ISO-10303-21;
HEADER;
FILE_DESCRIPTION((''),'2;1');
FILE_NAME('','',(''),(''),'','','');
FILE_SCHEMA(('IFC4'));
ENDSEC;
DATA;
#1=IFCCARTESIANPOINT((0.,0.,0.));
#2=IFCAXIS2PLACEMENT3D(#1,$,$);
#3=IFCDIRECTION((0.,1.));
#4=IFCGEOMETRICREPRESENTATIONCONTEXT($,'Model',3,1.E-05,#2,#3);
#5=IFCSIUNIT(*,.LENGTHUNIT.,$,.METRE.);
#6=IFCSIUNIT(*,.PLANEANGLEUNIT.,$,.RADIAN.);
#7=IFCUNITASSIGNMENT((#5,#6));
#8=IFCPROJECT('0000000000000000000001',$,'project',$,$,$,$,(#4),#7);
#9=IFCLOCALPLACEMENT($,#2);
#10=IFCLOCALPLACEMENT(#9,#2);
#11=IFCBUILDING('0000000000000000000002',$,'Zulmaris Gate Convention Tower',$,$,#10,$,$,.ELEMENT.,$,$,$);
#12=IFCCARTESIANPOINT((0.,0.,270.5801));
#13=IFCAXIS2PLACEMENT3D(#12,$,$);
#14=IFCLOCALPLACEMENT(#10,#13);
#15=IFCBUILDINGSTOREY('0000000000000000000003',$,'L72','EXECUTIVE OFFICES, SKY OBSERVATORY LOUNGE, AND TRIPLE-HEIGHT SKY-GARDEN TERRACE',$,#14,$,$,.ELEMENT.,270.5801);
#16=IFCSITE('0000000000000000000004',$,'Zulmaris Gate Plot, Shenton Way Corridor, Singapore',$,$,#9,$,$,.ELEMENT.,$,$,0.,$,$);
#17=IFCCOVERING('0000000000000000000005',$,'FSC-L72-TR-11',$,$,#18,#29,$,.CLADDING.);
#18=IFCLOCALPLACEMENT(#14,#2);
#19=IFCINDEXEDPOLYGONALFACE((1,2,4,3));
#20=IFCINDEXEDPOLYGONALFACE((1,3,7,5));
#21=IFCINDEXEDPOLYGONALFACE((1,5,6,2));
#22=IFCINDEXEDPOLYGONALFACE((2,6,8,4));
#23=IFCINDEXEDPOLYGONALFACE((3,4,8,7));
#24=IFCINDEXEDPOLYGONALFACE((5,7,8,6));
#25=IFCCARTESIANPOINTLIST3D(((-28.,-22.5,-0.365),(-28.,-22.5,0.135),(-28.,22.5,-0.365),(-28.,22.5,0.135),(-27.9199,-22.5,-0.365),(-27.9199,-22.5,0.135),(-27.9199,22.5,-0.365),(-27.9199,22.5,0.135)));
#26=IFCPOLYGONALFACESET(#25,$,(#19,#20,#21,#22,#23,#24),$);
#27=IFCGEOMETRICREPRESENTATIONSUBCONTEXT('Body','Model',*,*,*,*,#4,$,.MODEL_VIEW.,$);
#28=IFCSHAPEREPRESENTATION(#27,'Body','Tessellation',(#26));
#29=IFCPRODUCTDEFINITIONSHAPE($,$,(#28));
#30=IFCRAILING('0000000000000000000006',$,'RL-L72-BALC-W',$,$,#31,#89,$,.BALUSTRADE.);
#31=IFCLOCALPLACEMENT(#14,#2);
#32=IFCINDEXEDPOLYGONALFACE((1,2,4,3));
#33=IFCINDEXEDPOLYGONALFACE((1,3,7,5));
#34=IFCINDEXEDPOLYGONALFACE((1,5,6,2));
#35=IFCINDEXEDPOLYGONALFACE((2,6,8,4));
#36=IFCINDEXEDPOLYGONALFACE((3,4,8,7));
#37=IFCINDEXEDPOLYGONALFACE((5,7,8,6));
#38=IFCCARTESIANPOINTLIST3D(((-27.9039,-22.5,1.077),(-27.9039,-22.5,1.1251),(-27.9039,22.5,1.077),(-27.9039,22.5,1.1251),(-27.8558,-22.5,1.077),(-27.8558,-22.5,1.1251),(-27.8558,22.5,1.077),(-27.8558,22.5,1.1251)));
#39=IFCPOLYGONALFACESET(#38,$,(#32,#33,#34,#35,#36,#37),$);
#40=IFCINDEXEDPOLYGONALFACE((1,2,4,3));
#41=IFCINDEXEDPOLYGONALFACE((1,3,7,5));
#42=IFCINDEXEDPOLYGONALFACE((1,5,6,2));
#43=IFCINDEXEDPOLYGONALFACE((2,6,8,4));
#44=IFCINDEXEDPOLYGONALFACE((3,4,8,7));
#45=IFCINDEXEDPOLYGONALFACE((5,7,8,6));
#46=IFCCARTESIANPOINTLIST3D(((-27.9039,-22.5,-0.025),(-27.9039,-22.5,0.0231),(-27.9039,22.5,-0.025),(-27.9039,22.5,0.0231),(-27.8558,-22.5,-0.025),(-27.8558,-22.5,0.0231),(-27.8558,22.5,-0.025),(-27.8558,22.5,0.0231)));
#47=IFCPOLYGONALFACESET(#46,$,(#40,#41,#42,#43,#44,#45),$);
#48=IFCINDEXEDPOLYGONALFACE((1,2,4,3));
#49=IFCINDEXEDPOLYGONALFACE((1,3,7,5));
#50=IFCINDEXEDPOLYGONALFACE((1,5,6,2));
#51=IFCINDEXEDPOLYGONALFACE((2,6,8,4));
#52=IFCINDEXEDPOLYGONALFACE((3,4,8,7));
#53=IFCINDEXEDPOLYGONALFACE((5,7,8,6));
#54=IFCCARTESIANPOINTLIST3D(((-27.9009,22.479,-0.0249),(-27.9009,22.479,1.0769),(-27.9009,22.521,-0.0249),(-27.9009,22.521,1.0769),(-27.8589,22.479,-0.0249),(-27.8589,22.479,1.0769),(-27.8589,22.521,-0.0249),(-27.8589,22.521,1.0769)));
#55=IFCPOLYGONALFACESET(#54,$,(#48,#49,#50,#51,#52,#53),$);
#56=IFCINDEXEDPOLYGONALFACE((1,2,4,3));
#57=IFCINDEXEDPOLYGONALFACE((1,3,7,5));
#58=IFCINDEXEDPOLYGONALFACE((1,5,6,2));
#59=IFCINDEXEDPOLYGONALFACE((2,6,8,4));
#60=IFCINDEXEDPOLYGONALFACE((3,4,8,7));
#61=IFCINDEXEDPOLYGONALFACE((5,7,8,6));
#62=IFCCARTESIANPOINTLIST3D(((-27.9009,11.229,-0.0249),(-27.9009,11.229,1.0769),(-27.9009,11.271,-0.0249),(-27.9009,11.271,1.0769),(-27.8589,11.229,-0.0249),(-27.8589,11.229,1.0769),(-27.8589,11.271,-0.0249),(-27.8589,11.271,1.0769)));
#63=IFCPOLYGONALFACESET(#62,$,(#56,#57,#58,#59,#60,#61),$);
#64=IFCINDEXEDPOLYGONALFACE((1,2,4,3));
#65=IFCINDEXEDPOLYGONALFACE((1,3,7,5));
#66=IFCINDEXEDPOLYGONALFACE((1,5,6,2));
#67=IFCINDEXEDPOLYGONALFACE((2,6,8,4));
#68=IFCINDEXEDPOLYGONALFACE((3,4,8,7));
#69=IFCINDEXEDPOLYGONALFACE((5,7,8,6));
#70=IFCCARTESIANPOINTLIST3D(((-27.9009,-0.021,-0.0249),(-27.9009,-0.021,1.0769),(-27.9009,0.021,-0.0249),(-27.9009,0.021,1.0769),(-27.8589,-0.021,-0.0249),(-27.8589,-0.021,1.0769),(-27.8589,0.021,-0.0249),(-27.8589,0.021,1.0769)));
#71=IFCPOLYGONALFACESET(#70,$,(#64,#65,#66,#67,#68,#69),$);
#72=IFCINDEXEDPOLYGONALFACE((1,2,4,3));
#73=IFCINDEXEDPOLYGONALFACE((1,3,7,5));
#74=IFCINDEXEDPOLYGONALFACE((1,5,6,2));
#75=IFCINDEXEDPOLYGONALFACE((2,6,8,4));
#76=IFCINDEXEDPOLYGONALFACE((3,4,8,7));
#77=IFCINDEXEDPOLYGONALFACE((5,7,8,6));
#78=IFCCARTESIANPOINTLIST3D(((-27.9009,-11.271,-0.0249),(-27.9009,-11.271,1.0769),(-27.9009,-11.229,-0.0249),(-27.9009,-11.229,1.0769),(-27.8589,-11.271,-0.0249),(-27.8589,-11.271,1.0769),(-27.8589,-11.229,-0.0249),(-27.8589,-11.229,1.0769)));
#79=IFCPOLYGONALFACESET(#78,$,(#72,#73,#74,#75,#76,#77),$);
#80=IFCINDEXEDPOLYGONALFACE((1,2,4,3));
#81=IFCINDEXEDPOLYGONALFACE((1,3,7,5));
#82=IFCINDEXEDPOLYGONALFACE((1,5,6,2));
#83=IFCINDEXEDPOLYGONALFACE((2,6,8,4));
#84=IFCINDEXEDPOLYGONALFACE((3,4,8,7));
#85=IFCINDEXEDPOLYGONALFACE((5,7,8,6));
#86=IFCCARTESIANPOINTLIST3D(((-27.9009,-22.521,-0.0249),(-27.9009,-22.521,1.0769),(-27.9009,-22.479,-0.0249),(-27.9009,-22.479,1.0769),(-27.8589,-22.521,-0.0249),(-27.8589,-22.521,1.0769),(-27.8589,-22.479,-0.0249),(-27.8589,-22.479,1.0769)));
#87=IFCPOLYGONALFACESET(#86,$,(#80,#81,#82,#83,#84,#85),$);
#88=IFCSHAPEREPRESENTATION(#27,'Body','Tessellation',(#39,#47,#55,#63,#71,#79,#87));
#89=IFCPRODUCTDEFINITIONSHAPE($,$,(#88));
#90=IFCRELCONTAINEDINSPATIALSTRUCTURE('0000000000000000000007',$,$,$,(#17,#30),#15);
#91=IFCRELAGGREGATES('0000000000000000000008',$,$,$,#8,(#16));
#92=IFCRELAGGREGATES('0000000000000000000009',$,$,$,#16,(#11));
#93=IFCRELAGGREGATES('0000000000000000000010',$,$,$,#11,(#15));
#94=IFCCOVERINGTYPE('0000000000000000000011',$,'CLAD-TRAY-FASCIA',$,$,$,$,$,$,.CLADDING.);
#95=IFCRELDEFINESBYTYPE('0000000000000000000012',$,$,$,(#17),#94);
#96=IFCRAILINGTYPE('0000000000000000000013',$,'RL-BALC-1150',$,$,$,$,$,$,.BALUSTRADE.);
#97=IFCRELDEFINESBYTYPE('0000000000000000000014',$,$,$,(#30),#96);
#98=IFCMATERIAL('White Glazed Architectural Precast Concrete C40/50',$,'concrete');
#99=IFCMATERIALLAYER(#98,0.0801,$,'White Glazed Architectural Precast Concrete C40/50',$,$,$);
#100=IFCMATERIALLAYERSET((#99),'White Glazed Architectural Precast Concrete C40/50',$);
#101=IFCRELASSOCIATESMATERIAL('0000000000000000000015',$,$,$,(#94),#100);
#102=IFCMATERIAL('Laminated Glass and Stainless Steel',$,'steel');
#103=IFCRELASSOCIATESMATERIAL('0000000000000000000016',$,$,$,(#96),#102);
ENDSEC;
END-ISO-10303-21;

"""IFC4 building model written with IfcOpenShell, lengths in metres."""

from ifc_helpers import new_model, si_unit, direction, frame, frame_2d, origin, origin_2d, place, context, subcontext, project, spatial, rectangle, extrude, material, layer, layer_set, type_object, element, save


model = new_model("IFC4")

# Units and contexts
model_context = context("Model", 3, precision=1e-05, world=origin(), true_north=direction((0.0, 1.0)))
body_context = subcontext(model_context, "Body", "Model", "MODEL_VIEW")
ifc_project = project(units=[si_unit("LENGTHUNIT", "METRE"), si_unit("PLANEANGLEUNIT", "RADIAN")], contexts=[model_context])

# Site, building, storey
site_placement = place(None, origin())
site = spatial("IfcSite", under=ifc_project, at=site_placement, Name="Zulmaris Gate Plot, Shenton Way Corridor, Singapore", CompositionType="ELEMENT", RefElevation=0.0)
building_placement = place(site_placement, origin())
building = spatial("IfcBuilding", under=site, at=building_placement, Name="Zulmaris Gate Convention Tower", CompositionType="ELEMENT")
storey_placement = place(building_placement, frame((0.0, 0.0, 270.5801)))
storey = spatial("IfcBuildingStorey", under=building, at=storey_placement, Name="L72", Description="EXECUTIVE OFFICES, SKY OBSERVATORY LOUNGE, AND TRIPLE-HEIGHT SKY-GARDEN TERRACE", CompositionType="ELEMENT", Elevation=270.5801)

# Covering
ifc_material_1 = material(Name="White Glazed Architectural Precast Concrete C40/50", Category="concrete")
ifc_layer_1 = layer(ifc_material_1, 0.0801, Name="White Glazed Architectural Precast Concrete C40/50")
ifc_layer_set_1 = layer_set([ifc_layer_1], Name="White Glazed Architectural Precast Concrete C40/50")
covering_type = type_object("IfcCoveringType", Name="CLAD-TRAY-FASCIA", PredefinedType="CLADDING", material=ifc_layer_set_1)
covering_1_placement = place(storey_placement, frame((-27.96, 22.5, -0.365), z_axis=(0.0, 0.0, 1.0), x_axis=(0.0, -1.0, 0.0)))
element("IfcCovering", 1, at=covering_1_placement, inside=storey, type_object=covering_type, Name="FSC-L72-TR-11", PredefinedType="CLADDING", context=body_context, shape_type="SweptSolid", body=[
    extrude(rectangle(XDim=45.0, YDim=0.0801, at=frame_2d((22.5, 0.0))), origin(), (0.0, 0.0, 1.0), 0.5),
])

# Railing
ifc_material_2 = material(Name="Laminated Glass and Stainless Steel", Category="steel")
railing_type = type_object("IfcRailingType", Name="RL-BALC-1150", PredefinedType="BALUSTRADE", material=ifc_material_2)
railing_placement = place(storey_placement, frame((-27.8799, 22.5, -0.0249)))
element("IfcRailing", 2, at=railing_placement, inside=storey, type_object=railing_type, Name="RL-L72-BALC-W", PredefinedType="BALUSTRADE", context=body_context, shape_type="SweptSolid", body=[
    extrude(rectangle(XDim=0.0481, YDim=0.0481, at=origin_2d()), frame((0.0, 0.0, 1.126), z_axis=(0.0, -1.0, 0.0), x_axis=(1.0, 0.0, 0.0)), (0.0, 0.0, 1.0), 45.0),
    extrude(rectangle(XDim=0.0481, YDim=0.0481, at=origin_2d()), frame((0.0, 0.0, 0.0239), z_axis=(0.0, -1.0, 0.0), x_axis=(1.0, 0.0, 0.0)), (0.0, 0.0, 1.0), 45.0),
    extrude(rectangle(XDim=0.042, YDim=0.042, at=origin_2d()), origin(), (0.0, 0.0, 1.0), 1.1018),
    extrude(rectangle(XDim=0.042, YDim=0.042, at=origin_2d()), frame((0.0, -11.25, 0.0)), (0.0, 0.0, 1.0), 1.1018),
    extrude(rectangle(XDim=0.042, YDim=0.042, at=origin_2d()), frame((0.0, -22.5, 0.0)), (0.0, 0.0, 1.0), 1.1018),
    extrude(rectangle(XDim=0.042, YDim=0.042, at=origin_2d()), frame((0.0, -33.75, 0.0)), (0.0, 0.0, 1.0), 1.1018),
    extrude(rectangle(XDim=0.042, YDim=0.042, at=origin_2d()), frame((0.0, -45.0, 0.0)), (0.0, 0.0, 1.0), 1.1018),
])

save(model, "model.ifc")
